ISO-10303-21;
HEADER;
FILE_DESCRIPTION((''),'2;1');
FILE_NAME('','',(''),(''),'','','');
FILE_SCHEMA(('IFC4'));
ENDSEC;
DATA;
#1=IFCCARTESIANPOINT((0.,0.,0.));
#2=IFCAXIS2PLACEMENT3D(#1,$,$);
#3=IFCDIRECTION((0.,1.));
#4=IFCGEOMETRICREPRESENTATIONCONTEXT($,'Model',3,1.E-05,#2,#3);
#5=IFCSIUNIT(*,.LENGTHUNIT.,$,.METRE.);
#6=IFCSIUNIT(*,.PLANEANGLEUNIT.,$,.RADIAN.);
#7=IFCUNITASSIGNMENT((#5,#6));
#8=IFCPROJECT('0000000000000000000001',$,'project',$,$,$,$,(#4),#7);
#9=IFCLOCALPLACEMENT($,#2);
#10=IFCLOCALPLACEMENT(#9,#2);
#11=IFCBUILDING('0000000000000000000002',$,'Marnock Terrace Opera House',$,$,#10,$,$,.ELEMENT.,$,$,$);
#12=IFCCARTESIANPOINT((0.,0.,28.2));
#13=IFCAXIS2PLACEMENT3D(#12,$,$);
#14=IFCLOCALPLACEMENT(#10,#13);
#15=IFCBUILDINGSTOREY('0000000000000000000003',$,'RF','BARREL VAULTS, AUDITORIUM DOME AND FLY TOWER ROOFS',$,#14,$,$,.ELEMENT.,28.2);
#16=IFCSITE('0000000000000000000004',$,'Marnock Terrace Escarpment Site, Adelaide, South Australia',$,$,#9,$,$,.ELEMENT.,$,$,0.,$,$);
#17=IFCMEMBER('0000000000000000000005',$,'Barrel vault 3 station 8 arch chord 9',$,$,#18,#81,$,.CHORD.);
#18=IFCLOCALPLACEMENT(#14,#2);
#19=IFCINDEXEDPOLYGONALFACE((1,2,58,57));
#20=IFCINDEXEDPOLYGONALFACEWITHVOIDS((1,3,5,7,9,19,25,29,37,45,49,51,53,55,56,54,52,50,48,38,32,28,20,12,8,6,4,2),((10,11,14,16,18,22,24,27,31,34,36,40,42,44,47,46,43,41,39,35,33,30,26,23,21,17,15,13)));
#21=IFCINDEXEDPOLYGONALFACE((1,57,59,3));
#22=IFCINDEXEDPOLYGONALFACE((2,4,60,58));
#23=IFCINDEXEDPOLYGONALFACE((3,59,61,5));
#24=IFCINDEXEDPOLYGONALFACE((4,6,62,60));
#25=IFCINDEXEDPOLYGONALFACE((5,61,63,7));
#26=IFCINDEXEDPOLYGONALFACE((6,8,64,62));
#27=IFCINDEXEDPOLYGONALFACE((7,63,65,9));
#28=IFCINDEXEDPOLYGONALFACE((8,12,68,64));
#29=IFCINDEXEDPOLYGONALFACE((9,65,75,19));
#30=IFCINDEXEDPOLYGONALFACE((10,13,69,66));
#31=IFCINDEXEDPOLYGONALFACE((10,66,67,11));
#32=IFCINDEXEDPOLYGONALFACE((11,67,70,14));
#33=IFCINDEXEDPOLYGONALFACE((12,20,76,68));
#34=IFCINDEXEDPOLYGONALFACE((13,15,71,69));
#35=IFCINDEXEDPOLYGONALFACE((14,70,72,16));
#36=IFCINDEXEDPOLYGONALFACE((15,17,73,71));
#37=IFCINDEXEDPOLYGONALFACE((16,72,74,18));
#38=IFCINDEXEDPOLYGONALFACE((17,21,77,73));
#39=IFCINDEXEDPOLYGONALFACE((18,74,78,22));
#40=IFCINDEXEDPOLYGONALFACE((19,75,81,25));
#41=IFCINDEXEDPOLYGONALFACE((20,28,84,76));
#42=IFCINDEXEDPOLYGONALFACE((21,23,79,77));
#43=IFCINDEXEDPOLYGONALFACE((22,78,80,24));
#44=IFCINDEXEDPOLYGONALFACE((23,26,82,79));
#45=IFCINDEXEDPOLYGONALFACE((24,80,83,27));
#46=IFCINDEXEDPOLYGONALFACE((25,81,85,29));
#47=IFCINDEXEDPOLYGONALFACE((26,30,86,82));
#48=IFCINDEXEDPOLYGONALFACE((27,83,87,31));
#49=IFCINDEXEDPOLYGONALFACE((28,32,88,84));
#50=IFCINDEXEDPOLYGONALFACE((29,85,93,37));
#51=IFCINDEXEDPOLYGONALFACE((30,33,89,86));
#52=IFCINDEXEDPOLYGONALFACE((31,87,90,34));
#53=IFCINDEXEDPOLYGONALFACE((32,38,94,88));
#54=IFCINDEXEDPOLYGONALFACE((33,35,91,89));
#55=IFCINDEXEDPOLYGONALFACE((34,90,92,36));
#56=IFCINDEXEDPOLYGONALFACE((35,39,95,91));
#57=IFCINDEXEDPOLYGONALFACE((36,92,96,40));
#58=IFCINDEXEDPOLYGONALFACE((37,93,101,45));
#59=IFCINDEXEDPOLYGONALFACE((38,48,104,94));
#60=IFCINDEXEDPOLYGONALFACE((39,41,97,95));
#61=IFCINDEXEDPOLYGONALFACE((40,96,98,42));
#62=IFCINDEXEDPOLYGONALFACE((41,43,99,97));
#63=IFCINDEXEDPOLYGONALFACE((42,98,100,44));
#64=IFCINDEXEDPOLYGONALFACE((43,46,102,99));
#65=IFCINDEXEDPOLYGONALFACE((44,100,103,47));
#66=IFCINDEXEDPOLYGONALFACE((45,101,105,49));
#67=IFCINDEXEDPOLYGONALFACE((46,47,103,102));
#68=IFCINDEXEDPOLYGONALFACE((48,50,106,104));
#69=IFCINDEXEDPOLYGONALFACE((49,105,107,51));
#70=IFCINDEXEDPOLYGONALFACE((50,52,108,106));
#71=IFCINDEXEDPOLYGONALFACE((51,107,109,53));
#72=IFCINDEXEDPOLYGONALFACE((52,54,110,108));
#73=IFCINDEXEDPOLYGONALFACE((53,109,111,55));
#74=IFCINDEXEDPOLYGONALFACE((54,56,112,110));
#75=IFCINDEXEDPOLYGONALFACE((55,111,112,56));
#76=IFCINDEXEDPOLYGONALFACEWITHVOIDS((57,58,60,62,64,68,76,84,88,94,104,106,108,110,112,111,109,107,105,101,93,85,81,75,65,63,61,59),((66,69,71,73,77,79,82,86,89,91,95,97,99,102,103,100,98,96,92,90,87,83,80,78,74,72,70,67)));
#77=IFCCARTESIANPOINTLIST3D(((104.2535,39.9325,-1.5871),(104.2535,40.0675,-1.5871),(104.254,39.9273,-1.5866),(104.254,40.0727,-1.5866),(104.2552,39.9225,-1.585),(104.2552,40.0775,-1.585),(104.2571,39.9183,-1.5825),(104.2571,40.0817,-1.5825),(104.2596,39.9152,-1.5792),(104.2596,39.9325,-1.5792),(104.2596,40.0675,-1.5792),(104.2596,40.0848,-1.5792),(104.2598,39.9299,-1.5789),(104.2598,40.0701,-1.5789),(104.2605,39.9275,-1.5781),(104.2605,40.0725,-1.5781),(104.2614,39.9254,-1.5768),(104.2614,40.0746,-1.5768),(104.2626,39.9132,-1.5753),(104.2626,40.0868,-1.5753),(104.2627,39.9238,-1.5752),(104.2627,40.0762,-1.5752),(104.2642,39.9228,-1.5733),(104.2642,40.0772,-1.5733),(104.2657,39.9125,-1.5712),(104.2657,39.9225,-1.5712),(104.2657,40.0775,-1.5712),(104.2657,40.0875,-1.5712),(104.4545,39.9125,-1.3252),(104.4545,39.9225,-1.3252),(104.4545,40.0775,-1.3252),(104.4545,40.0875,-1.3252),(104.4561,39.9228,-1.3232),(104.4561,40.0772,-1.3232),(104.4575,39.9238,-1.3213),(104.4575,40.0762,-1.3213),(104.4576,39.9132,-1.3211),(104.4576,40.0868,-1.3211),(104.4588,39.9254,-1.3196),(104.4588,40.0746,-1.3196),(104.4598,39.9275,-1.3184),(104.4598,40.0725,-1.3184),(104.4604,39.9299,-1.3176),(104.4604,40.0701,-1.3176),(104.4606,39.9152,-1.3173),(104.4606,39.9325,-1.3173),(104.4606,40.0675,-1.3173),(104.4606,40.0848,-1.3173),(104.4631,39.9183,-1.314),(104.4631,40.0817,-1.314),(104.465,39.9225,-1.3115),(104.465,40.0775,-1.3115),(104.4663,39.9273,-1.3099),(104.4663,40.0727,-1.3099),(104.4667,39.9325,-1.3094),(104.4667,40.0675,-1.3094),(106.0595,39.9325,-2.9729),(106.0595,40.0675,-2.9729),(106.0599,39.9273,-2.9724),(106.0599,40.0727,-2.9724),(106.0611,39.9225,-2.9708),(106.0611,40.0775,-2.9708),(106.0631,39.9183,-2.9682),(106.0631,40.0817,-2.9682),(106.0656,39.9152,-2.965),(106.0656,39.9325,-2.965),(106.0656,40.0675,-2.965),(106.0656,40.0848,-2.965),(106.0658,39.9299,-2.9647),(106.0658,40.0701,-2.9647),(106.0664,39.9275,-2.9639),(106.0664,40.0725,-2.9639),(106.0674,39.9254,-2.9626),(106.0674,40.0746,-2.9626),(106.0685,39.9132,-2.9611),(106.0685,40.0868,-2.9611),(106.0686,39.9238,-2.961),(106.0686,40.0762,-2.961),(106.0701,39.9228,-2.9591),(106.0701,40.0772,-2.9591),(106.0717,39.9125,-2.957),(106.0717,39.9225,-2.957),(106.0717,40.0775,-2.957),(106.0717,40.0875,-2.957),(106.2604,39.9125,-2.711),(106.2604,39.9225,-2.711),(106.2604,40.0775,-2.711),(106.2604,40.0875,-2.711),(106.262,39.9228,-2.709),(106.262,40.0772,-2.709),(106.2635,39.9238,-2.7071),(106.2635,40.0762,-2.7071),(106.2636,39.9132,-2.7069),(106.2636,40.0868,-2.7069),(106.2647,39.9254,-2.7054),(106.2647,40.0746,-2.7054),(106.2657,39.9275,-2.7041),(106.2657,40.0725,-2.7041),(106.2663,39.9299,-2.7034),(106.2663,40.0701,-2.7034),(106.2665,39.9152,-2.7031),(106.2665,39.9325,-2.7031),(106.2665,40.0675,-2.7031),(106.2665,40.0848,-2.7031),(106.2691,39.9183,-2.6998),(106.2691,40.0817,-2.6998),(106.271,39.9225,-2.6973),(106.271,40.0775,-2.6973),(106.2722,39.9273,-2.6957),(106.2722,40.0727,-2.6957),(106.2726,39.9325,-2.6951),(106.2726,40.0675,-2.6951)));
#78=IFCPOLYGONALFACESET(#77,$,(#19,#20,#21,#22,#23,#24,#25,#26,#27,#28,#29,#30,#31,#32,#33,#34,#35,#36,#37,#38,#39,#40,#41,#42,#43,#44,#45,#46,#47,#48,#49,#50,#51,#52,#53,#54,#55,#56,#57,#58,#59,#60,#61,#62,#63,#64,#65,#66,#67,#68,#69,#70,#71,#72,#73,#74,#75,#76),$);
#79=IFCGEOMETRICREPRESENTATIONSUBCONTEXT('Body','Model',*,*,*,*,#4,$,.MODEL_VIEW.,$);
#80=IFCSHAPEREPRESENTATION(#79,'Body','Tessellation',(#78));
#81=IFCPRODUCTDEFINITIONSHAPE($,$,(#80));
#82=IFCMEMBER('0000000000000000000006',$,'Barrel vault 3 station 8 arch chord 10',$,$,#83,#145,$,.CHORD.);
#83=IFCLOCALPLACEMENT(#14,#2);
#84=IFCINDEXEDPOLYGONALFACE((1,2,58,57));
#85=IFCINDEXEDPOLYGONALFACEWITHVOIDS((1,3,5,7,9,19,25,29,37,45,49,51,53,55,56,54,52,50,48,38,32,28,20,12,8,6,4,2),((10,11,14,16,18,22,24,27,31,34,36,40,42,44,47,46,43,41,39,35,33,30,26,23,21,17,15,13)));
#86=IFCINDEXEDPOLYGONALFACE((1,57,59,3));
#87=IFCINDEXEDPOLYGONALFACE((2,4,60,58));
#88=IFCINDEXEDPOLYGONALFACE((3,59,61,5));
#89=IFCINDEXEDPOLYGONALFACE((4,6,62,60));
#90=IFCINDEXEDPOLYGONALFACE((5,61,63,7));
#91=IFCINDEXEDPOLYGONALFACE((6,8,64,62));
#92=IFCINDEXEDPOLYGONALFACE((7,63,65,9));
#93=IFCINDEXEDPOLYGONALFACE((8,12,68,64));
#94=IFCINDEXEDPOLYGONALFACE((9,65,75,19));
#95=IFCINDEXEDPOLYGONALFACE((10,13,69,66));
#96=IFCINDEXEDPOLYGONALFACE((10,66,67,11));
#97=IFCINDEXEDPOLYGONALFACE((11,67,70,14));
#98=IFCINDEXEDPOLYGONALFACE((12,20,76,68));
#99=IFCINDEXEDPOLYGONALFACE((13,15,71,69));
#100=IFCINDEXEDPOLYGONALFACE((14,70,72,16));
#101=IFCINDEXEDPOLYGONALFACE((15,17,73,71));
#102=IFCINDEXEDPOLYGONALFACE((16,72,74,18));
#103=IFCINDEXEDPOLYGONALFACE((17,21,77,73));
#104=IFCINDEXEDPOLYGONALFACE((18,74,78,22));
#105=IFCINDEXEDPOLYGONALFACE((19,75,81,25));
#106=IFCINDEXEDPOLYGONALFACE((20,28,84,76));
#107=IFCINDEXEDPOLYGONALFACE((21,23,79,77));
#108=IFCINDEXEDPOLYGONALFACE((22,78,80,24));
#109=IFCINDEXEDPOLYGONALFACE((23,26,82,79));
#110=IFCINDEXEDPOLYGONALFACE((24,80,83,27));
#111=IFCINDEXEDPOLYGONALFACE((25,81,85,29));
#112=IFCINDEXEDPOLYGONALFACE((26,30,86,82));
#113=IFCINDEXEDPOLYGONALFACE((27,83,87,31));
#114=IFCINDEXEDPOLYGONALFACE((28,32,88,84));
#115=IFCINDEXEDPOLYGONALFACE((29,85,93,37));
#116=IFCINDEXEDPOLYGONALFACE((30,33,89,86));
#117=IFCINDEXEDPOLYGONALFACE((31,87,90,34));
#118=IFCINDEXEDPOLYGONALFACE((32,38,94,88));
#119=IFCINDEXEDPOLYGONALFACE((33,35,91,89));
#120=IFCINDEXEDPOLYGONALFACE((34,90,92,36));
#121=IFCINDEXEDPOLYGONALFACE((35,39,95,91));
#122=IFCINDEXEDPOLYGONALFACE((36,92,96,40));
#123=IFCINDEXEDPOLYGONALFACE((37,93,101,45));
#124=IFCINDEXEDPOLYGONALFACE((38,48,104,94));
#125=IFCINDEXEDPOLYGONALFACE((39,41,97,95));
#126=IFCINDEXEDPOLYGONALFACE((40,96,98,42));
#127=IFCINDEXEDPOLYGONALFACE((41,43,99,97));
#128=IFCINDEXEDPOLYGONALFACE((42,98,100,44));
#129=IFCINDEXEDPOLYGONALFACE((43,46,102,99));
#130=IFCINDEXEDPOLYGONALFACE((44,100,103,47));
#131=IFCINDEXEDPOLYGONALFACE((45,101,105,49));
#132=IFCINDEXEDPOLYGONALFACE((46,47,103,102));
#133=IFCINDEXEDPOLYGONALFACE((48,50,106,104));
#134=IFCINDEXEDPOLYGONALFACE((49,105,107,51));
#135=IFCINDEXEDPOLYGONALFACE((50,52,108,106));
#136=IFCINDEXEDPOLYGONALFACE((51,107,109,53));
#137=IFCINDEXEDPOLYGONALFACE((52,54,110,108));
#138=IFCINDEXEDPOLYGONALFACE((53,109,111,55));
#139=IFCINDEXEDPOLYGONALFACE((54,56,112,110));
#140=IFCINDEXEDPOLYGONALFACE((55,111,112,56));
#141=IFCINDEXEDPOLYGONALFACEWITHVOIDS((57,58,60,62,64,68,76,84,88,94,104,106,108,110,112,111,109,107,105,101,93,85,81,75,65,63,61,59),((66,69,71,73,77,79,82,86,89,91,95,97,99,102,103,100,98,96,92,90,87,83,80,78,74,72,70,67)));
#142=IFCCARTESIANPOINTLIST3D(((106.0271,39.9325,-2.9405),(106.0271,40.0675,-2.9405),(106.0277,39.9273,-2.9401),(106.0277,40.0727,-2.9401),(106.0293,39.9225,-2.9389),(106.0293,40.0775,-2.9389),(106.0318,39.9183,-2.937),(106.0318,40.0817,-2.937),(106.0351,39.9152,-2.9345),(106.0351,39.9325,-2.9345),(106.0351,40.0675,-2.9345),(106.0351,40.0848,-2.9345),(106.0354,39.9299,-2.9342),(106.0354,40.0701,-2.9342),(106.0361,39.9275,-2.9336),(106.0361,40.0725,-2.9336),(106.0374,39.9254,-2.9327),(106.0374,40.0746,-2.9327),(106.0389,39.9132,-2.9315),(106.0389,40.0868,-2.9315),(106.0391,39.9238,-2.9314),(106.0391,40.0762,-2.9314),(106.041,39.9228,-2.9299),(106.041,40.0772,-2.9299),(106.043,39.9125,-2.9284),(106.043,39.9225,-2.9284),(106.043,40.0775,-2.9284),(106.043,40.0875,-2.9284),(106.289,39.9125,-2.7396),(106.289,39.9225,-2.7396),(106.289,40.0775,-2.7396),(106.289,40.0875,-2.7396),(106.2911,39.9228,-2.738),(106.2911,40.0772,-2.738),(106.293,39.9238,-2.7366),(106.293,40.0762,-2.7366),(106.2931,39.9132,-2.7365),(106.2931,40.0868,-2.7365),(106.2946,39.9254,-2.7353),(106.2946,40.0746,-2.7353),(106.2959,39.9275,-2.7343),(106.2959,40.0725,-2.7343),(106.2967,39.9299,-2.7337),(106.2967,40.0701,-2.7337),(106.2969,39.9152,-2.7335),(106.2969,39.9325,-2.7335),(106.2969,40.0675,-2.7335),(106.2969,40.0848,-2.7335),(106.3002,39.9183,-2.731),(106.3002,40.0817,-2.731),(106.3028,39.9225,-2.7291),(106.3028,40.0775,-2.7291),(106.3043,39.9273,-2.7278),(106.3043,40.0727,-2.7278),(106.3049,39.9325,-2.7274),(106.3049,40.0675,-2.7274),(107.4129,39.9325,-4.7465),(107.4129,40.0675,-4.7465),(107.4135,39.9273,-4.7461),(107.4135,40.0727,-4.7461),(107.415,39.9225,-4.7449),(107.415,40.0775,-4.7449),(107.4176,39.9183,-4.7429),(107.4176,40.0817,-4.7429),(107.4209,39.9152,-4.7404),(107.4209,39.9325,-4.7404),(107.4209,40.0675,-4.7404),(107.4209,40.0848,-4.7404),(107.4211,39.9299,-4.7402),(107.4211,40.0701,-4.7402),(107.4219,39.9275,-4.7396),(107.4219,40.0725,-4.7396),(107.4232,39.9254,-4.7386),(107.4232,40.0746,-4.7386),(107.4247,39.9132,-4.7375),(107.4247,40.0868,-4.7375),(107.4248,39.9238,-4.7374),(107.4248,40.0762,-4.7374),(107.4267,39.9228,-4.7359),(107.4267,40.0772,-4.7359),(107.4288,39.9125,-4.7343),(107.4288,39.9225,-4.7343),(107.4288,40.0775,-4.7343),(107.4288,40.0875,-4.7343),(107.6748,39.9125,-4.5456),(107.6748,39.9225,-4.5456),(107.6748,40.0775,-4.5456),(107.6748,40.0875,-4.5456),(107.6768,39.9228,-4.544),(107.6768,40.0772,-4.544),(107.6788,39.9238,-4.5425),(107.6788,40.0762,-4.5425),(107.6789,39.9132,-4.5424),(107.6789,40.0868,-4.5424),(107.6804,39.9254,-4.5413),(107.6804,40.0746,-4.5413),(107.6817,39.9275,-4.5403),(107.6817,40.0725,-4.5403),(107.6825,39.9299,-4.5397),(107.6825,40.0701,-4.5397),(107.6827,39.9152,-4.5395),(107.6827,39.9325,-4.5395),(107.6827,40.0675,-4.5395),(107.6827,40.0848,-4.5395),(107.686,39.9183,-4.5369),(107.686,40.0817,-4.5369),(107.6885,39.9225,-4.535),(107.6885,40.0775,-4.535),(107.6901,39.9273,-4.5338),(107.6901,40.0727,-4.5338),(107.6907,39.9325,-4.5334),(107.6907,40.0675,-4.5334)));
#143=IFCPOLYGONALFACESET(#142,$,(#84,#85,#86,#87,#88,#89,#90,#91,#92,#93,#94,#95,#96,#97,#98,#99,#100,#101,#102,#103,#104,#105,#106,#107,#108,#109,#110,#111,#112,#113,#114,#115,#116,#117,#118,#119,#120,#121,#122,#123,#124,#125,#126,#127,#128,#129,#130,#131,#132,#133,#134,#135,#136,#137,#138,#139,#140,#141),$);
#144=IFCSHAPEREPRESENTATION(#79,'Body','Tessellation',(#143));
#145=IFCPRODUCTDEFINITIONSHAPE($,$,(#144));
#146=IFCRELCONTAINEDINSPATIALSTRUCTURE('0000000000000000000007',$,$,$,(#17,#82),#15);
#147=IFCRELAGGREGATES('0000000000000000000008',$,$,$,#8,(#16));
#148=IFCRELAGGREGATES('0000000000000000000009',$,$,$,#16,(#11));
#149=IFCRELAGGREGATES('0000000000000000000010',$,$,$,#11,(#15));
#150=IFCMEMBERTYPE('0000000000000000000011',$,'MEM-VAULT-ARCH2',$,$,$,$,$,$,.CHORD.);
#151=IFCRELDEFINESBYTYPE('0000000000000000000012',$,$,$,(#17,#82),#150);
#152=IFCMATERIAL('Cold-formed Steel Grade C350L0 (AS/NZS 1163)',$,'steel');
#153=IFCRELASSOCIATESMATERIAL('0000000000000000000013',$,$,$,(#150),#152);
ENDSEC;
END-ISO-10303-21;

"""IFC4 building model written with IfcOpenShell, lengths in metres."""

from ifc_helpers import new_model, si_unit, direction, frame, origin, origin_2d, place, context, subcontext, project, spatial, hollow_rectangle, extrude, material, material_profile, profile_set, type_object, element, save


model = new_model("IFC4")

# Units and contexts
model_context = context("Model", 3, precision=1e-05, world=origin(), true_north=direction((0.0, 1.0)))
body_context = subcontext(model_context, "Body", "Model", "MODEL_VIEW")
ifc_project = project(units=[si_unit("LENGTHUNIT", "METRE"), si_unit("PLANEANGLEUNIT", "RADIAN")], contexts=[model_context])

# Site, building, storey
site_placement = place(None, origin())
site = spatial("IfcSite", under=ifc_project, at=site_placement, Name="Marnock Terrace Escarpment Site, Adelaide, South Australia", CompositionType="ELEMENT", RefElevation=0.0)
building_placement = place(site_placement, origin())
building = spatial("IfcBuilding", under=site, at=building_placement, Name="Marnock Terrace Opera House", CompositionType="ELEMENT")
storey_placement = place(building_placement, frame((0.0, 0.0, 28.2)))
storey = spatial("IfcBuildingStorey", under=building, at=storey_placement, Name="RF", Description="BARREL VAULTS, AUDITORIUM DOME AND FLY TOWER ROOFS", CompositionType="ELEMENT", Elevation=28.2)

# Members
ifc_material_1 = material(Name="Cold-formed Steel Grade C350L0 (AS/NZS 1163)", Category="steel")
ifc_material_profile_1 = material_profile(ifc_material_1, hollow_rectangle(XDim=0.175, YDim=0.3501, WallThickness=0.01, InnerFilletRadius=0.01, OuterFilletRadius=0.02, at=origin_2d()))
ifc_profile_set_1 = profile_set([ifc_material_profile_1], Name="Cold-formed Steel Grade C350L0 (AS/NZS 1163)")
member_type_1 = type_object("IfcMemberType", Name="MEM-VAULT-ARCH2", PredefinedType="CHORD", material=ifc_profile_set_1)
for number, where, z_axis, x_axis, name in (
    (1, (104.3601, 40.0, -1.4482), (0.793349, 0.0, -0.608767), (0.0, 1.0, 0.0), "Barrel vault 3 station 8 arch chord 9"),
    (2, (106.166, 40.0, -2.834), (0.608767, 0.0, -0.793349), (0.0, 1.0, 0.0), "Barrel vault 3 station 8 arch chord 10"),
):
    element("IfcMember", number, at=place(storey_placement, frame(where, z_axis=z_axis, x_axis=x_axis)), inside=storey, type_object=member_type_1, Name=name, PredefinedType="CHORD", context=body_context, shape_type="SweptSolid", body=[
        extrude(hollow_rectangle(XDim=0.175, YDim=0.3501, WallThickness=0.01, InnerFilletRadius=0.01, OuterFilletRadius=0.02, at=origin_2d()), origin(), (0.0, 0.0, 1.0), 2.2764),
    ])

save(model, "model.ifc")
